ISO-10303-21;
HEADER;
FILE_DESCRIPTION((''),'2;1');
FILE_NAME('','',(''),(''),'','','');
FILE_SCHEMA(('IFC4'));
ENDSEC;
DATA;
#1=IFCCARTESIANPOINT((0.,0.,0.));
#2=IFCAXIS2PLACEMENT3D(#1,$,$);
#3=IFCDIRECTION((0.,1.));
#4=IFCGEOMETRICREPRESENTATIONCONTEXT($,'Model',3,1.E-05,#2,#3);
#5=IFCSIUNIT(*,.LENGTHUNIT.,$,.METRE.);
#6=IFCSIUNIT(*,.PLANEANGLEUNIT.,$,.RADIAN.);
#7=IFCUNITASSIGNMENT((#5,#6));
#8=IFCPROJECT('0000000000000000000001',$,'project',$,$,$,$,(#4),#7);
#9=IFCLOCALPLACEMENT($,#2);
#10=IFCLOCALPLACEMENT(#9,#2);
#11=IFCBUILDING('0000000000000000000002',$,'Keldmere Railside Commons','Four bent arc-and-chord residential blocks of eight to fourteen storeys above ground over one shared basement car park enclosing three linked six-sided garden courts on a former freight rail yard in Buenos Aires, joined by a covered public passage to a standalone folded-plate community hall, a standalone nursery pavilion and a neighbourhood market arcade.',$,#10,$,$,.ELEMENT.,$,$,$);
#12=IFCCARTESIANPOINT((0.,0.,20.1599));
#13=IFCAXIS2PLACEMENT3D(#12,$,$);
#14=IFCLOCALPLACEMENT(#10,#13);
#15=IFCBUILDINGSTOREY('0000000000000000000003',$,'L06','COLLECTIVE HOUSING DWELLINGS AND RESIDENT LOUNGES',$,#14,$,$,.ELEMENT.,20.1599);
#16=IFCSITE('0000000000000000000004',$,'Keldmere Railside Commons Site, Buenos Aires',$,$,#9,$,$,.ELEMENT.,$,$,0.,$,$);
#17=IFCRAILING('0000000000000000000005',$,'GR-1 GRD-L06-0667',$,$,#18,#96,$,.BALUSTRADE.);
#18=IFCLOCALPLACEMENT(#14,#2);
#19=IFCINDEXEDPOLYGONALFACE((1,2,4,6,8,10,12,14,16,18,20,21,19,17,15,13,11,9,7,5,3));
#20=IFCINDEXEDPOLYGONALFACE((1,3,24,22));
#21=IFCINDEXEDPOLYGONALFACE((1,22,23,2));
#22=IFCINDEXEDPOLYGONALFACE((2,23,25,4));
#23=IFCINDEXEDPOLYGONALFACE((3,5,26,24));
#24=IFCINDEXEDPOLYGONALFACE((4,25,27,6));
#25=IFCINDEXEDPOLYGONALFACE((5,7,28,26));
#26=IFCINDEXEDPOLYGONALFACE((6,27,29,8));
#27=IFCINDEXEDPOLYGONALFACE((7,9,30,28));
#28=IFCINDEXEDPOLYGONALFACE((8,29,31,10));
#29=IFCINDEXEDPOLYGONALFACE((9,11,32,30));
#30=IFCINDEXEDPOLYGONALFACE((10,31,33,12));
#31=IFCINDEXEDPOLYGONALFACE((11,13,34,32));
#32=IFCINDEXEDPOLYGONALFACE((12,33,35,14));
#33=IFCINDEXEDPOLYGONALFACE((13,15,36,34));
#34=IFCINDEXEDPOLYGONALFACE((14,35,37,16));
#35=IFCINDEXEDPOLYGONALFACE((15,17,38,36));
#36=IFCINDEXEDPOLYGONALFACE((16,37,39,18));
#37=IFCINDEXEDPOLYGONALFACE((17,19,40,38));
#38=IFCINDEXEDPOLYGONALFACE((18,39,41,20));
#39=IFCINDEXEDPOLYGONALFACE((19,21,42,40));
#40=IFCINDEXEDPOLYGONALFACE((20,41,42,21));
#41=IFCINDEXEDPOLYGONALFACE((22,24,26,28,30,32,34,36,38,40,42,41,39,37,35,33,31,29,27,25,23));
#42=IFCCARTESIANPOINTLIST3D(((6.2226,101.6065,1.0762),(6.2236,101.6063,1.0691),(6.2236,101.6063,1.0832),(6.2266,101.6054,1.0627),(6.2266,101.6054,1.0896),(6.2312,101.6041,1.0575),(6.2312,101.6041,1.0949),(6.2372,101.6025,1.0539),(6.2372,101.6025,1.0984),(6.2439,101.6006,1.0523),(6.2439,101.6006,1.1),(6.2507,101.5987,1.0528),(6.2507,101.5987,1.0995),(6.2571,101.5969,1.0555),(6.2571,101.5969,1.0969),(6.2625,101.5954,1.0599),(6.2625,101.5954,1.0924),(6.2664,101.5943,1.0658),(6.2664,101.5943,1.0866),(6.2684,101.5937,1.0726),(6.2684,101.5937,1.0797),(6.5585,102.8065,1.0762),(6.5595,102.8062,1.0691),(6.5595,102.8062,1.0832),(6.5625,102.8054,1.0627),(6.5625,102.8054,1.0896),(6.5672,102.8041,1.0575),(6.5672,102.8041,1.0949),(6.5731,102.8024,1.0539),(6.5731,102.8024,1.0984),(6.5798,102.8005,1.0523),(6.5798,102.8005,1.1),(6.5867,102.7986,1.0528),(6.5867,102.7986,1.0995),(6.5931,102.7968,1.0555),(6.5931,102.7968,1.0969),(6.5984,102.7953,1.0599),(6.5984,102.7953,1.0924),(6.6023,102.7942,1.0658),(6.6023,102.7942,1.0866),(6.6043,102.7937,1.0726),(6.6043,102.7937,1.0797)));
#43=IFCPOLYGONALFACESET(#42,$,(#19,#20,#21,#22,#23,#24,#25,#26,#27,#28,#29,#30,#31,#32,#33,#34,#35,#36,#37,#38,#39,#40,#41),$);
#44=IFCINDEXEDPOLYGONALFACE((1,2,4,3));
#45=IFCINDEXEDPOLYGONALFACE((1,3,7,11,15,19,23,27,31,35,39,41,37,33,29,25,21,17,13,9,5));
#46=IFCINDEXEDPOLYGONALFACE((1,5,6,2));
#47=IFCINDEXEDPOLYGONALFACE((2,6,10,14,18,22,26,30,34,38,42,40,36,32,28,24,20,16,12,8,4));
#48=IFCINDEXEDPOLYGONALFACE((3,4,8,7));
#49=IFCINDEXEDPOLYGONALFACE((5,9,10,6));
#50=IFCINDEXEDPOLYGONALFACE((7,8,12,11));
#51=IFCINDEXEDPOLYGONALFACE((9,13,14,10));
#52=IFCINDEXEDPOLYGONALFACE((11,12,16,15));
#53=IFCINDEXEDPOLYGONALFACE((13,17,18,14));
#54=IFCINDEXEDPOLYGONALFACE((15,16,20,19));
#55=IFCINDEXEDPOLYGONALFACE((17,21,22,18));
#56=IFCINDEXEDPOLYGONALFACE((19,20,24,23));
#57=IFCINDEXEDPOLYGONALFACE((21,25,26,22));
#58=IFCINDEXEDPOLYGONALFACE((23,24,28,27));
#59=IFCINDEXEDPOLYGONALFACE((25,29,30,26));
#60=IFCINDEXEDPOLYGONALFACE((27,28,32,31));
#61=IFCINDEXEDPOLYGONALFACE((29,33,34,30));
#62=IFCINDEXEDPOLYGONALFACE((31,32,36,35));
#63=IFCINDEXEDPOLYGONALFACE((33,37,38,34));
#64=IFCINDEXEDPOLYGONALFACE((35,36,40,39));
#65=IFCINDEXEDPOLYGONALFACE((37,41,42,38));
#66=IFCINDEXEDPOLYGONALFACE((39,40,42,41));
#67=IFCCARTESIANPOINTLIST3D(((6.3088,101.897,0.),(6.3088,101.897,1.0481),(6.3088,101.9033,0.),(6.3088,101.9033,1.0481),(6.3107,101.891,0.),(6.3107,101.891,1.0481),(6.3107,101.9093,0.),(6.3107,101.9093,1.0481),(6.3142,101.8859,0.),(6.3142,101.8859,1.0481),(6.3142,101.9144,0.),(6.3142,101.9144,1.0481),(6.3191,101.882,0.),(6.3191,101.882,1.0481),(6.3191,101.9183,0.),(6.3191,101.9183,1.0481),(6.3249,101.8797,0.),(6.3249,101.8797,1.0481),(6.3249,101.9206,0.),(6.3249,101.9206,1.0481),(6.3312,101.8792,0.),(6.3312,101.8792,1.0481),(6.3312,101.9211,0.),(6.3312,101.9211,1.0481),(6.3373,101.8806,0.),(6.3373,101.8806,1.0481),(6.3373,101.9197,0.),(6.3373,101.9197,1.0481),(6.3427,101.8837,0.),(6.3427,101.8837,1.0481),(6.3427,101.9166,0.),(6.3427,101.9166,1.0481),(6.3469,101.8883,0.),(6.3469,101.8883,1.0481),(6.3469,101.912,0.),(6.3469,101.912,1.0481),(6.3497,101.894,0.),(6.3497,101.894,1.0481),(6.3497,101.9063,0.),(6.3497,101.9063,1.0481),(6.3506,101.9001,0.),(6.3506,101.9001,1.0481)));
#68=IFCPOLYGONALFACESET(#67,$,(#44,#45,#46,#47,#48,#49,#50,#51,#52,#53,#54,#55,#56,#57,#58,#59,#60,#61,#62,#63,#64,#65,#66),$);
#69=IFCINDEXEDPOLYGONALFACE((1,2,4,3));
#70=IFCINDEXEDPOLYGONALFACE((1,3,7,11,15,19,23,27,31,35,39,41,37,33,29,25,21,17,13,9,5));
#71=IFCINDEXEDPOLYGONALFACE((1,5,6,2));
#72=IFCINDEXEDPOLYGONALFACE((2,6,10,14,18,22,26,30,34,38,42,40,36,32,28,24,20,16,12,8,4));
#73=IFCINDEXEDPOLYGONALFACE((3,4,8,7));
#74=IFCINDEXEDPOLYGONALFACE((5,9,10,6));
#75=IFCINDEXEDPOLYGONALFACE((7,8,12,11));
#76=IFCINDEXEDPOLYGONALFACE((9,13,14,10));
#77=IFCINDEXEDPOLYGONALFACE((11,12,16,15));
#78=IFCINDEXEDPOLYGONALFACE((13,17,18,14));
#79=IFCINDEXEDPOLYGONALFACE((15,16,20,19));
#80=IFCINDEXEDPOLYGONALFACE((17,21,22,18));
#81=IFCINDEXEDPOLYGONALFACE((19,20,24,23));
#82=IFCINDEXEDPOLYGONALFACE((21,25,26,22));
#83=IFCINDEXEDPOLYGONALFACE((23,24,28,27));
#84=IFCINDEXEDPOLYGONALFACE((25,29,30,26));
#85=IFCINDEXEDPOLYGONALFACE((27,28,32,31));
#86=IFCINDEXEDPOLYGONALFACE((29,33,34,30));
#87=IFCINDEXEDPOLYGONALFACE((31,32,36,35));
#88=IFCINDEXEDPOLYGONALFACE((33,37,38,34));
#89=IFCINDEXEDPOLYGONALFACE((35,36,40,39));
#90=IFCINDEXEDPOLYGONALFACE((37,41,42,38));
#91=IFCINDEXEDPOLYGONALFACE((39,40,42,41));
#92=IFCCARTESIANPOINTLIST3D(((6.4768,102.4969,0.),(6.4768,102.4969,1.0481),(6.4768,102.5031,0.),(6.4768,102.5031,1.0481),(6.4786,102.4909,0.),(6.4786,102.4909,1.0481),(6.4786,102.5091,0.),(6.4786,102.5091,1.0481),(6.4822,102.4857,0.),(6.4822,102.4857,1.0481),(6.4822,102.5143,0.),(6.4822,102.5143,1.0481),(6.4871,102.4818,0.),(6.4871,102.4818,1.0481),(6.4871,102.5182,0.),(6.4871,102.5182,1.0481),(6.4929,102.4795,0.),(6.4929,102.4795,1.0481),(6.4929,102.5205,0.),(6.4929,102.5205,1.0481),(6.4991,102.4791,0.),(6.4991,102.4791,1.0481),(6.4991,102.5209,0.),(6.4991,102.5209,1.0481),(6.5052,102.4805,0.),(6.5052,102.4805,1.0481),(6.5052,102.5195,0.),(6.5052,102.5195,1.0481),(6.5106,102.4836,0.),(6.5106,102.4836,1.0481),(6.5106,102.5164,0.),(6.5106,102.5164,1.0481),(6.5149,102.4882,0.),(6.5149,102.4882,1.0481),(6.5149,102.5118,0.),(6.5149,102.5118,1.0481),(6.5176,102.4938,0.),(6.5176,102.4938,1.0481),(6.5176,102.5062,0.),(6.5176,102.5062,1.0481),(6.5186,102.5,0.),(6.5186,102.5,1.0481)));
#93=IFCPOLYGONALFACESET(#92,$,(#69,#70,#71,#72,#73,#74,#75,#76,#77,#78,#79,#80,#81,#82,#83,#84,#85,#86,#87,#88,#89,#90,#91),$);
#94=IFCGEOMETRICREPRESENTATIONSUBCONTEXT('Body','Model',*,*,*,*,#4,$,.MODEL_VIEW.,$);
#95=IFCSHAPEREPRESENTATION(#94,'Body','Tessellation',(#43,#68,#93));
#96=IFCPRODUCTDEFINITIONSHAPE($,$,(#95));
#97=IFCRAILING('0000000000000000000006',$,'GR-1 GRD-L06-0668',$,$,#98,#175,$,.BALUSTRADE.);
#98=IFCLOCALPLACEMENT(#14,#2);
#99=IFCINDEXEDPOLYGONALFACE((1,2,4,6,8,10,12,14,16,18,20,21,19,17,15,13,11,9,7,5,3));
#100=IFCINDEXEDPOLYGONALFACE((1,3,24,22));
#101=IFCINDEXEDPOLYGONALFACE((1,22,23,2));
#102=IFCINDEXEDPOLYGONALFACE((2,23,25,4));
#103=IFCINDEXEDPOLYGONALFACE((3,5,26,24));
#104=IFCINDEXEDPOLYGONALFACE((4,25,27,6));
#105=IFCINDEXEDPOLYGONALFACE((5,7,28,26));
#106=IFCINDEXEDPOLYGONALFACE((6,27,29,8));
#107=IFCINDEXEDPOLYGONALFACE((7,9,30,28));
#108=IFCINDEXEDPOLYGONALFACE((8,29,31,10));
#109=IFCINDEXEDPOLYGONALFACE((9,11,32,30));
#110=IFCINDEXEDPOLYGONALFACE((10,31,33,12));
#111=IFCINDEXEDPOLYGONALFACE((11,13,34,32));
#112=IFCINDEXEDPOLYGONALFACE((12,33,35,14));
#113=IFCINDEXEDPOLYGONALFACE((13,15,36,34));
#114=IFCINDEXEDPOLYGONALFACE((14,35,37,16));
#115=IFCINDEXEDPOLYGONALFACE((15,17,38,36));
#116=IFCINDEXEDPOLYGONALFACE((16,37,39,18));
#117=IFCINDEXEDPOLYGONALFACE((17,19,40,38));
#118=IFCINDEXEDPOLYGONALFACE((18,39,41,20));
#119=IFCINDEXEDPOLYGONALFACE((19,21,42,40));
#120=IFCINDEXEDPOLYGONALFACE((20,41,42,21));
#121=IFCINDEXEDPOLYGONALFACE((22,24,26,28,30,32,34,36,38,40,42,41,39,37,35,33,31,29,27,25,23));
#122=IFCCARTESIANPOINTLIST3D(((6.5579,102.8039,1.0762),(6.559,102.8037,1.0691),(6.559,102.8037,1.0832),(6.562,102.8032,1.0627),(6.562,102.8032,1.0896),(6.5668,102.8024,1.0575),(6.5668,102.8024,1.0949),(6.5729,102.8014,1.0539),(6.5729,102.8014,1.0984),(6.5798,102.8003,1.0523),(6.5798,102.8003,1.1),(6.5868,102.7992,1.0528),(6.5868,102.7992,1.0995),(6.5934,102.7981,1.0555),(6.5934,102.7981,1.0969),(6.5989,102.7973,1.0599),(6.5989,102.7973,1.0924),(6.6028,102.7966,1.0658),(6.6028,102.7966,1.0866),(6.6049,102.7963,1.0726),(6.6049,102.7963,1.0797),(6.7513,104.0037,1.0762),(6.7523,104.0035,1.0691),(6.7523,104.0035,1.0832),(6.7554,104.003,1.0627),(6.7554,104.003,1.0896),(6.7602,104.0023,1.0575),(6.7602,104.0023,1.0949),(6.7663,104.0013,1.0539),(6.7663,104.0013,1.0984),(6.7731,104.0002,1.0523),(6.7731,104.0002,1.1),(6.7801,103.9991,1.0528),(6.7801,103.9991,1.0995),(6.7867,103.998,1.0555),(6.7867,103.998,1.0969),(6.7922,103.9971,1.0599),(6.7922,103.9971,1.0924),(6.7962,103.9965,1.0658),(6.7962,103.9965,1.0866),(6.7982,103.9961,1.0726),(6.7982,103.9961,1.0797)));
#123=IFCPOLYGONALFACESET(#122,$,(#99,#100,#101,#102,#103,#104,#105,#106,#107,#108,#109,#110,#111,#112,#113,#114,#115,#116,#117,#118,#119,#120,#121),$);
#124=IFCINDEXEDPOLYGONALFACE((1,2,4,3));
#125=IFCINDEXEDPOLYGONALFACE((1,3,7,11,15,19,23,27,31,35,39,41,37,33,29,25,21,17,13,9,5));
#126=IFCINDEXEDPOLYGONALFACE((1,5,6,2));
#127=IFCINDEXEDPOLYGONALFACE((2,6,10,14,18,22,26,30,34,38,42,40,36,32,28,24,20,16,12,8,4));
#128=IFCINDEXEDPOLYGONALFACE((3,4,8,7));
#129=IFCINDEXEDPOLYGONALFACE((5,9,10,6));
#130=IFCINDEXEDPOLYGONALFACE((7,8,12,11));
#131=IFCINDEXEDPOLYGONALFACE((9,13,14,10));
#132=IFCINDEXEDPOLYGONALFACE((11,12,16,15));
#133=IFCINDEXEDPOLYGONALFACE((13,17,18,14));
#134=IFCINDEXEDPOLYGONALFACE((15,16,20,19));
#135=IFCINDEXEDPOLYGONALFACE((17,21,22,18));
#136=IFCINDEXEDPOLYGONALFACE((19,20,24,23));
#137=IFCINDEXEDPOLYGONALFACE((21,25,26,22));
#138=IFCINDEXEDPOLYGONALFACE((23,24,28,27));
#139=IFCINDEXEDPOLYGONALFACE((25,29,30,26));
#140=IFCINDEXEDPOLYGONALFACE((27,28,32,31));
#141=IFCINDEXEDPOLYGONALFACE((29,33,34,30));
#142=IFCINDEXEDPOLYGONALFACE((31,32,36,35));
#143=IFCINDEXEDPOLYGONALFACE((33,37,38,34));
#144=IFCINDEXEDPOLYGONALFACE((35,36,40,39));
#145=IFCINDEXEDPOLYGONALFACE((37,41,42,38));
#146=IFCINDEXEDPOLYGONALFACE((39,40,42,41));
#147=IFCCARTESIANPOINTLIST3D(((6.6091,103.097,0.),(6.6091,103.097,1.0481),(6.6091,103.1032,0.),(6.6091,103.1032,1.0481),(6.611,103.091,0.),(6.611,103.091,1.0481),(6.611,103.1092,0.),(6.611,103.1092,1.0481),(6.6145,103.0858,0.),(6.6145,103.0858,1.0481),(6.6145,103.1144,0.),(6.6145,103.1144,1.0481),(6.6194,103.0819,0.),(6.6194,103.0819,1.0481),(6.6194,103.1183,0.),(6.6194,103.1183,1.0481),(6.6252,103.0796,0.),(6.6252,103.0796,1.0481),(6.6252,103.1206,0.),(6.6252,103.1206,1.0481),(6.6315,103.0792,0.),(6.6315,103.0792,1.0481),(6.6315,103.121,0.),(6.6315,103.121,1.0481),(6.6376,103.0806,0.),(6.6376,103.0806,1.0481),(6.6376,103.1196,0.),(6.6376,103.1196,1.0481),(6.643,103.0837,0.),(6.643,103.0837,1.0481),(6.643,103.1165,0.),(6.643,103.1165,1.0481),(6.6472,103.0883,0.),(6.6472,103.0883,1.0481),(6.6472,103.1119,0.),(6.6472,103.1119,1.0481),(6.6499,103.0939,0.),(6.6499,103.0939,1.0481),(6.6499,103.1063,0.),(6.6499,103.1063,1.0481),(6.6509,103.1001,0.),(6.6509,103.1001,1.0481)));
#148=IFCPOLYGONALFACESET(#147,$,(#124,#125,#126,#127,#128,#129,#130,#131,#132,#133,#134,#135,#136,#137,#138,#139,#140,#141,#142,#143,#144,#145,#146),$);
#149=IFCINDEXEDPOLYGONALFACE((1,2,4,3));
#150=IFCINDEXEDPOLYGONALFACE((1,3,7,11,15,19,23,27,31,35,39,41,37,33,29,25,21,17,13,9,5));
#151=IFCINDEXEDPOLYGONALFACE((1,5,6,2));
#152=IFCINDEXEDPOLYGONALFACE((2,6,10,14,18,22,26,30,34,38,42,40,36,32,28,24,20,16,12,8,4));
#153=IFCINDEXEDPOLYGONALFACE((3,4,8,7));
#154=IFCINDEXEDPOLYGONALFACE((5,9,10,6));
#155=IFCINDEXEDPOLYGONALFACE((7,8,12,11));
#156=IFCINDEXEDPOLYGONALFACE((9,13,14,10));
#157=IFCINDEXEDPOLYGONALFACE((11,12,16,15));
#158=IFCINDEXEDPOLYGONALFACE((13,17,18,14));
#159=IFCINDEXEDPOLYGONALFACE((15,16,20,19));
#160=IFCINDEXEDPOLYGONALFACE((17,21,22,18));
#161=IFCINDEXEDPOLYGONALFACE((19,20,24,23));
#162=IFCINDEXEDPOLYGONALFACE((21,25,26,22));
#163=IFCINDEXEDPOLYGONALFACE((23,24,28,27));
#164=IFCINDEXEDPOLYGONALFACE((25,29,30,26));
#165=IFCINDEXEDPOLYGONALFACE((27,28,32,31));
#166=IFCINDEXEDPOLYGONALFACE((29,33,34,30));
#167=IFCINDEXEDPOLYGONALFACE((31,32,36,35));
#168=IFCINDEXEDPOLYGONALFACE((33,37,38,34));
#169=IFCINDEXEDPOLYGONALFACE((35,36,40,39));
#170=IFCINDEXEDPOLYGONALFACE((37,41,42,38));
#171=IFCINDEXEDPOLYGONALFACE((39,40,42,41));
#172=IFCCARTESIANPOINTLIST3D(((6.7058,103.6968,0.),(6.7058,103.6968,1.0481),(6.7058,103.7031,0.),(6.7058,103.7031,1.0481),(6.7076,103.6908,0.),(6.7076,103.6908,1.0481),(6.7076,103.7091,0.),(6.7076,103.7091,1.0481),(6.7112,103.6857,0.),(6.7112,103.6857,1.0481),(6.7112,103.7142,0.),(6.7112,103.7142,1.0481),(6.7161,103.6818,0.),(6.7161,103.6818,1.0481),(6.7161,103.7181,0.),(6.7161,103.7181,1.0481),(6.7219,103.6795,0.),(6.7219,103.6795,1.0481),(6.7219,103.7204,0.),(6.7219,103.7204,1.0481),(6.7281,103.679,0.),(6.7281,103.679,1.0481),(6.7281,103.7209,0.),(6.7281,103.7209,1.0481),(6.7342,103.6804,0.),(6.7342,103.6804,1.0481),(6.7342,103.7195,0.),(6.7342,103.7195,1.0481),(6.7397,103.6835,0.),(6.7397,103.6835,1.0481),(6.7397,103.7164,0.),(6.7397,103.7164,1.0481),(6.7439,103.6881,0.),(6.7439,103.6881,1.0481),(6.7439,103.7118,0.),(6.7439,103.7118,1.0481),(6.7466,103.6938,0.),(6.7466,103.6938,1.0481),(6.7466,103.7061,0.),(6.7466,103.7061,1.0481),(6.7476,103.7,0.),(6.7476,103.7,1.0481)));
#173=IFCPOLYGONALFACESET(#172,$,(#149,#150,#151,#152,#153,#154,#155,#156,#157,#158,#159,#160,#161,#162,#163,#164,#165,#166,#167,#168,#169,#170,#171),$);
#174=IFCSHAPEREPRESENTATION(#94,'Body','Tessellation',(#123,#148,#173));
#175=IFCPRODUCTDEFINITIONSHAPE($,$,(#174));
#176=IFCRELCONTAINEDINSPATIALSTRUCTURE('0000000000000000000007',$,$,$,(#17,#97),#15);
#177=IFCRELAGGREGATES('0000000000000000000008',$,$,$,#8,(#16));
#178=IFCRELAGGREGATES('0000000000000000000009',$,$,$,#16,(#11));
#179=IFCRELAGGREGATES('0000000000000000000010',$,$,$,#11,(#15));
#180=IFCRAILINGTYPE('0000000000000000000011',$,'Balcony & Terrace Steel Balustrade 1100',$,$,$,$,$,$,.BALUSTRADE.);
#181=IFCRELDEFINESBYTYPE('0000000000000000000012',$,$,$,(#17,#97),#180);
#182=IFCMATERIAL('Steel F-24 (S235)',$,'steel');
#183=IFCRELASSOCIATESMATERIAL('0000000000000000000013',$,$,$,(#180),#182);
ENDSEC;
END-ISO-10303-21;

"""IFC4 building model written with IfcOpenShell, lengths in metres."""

from ifc_helpers import new_model, si_unit, direction, frame, origin, origin_2d, place, context, subcontext, project, spatial, circle, extrude, material, type_object, element, save


model = new_model("IFC4")

# Units and contexts
model_context = context("Model", 3, precision=1e-05, world=origin(), true_north=direction((0.0, 1.0)))
body_context = subcontext(model_context, "Body", "Model", "MODEL_VIEW")
ifc_project = project(units=[si_unit("LENGTHUNIT", "METRE"), si_unit("PLANEANGLEUNIT", "RADIAN")], contexts=[model_context])

# Site, building, storey
site_placement = place(None, origin())
site = spatial("IfcSite", under=ifc_project, at=site_placement, Name="Keldmere Railside Commons Site, Buenos Aires", CompositionType="ELEMENT", RefElevation=0.0)
building_placement = place(site_placement, origin())
building = spatial("IfcBuilding", under=site, at=building_placement, Name="Keldmere Railside Commons", Description="Four bent arc-and-chord residential blocks of eight to fourteen storeys above ground over one shared basement car park enclosing three linked six-sided garden courts on a former freight rail yard in Buenos Aires, joined by a covered public passage to a standalone folded-plate community hall, a standalone nursery pavilion and a neighbourhood market arcade.", CompositionType="ELEMENT")
storey_placement = place(building_placement, frame((0.0, 0.0, 20.1599)))
storey = spatial("IfcBuildingStorey", under=building, at=storey_placement, Name="L06", Description="COLLECTIVE HOUSING DWELLINGS AND RESIDENT LOUNGES", CompositionType="ELEMENT", Elevation=20.1599)

# Railings
ifc_material_1 = material(Name="Steel F-24 (S235)", Category="steel")
railing_type = type_object("IfcRailingType", Name="Balcony & Terrace Steel Balustrade 1100", PredefinedType="BALUSTRADE", material=ifc_material_1)
railing_1_placement = place(storey_placement, frame((6.2456, 101.6001, 0.0)))
element("IfcRailing", 1, at=railing_1_placement, inside=storey, type_object=railing_type, Name="GR-1 GRD-L06-0667", PredefinedType="BALUSTRADE", context=body_context, shape_type="SweptSolid", body=[
    extrude(circle(Radius=0.0239, at=origin_2d()), frame((0.0, 0.0, 1.0762), z_axis=(0.269594, 0.962974, 0.0), x_axis=(-0.962974, 0.269594, 0.0)), (0.0, 0.0, 1.0), 1.2461),
    extrude(circle(Radius=0.021, at=origin_2d()), frame((0.084, 0.3, 0.0)), (0.0, 0.0, 1.0), 1.0481),
    extrude(circle(Radius=0.021, at=origin_2d()), frame((0.252, 0.8999, 0.0)), (0.0, 0.0, 1.0), 1.0481),
])
railing_2_placement = place(storey_placement, frame((6.5815, 102.8, 0.0)))
element("IfcRailing", 2, at=railing_2_placement, inside=storey, type_object=railing_type, Name="GR-1 GRD-L06-0668", PredefinedType="BALUSTRADE", context=body_context, shape_type="SweptSolid", body=[
    extrude(circle(Radius=0.0239, at=origin_2d()), frame((0.0, 0.0, 1.0762), z_axis=(0.159087, 0.987265, 0.0), x_axis=(-0.987265, 0.159087, 0.0)), (0.0, 0.0, 1.0), 1.2153),
    extrude(circle(Radius=0.021, at=origin_2d()), frame((0.0483, 0.3, 0.0)), (0.0, 0.0, 1.0), 1.0481),
    extrude(circle(Radius=0.021, at=origin_2d()), frame((0.145, 0.8999, 0.0)), (0.0, 0.0, 1.0), 1.0481),
])

save(model, "model.ifc")
